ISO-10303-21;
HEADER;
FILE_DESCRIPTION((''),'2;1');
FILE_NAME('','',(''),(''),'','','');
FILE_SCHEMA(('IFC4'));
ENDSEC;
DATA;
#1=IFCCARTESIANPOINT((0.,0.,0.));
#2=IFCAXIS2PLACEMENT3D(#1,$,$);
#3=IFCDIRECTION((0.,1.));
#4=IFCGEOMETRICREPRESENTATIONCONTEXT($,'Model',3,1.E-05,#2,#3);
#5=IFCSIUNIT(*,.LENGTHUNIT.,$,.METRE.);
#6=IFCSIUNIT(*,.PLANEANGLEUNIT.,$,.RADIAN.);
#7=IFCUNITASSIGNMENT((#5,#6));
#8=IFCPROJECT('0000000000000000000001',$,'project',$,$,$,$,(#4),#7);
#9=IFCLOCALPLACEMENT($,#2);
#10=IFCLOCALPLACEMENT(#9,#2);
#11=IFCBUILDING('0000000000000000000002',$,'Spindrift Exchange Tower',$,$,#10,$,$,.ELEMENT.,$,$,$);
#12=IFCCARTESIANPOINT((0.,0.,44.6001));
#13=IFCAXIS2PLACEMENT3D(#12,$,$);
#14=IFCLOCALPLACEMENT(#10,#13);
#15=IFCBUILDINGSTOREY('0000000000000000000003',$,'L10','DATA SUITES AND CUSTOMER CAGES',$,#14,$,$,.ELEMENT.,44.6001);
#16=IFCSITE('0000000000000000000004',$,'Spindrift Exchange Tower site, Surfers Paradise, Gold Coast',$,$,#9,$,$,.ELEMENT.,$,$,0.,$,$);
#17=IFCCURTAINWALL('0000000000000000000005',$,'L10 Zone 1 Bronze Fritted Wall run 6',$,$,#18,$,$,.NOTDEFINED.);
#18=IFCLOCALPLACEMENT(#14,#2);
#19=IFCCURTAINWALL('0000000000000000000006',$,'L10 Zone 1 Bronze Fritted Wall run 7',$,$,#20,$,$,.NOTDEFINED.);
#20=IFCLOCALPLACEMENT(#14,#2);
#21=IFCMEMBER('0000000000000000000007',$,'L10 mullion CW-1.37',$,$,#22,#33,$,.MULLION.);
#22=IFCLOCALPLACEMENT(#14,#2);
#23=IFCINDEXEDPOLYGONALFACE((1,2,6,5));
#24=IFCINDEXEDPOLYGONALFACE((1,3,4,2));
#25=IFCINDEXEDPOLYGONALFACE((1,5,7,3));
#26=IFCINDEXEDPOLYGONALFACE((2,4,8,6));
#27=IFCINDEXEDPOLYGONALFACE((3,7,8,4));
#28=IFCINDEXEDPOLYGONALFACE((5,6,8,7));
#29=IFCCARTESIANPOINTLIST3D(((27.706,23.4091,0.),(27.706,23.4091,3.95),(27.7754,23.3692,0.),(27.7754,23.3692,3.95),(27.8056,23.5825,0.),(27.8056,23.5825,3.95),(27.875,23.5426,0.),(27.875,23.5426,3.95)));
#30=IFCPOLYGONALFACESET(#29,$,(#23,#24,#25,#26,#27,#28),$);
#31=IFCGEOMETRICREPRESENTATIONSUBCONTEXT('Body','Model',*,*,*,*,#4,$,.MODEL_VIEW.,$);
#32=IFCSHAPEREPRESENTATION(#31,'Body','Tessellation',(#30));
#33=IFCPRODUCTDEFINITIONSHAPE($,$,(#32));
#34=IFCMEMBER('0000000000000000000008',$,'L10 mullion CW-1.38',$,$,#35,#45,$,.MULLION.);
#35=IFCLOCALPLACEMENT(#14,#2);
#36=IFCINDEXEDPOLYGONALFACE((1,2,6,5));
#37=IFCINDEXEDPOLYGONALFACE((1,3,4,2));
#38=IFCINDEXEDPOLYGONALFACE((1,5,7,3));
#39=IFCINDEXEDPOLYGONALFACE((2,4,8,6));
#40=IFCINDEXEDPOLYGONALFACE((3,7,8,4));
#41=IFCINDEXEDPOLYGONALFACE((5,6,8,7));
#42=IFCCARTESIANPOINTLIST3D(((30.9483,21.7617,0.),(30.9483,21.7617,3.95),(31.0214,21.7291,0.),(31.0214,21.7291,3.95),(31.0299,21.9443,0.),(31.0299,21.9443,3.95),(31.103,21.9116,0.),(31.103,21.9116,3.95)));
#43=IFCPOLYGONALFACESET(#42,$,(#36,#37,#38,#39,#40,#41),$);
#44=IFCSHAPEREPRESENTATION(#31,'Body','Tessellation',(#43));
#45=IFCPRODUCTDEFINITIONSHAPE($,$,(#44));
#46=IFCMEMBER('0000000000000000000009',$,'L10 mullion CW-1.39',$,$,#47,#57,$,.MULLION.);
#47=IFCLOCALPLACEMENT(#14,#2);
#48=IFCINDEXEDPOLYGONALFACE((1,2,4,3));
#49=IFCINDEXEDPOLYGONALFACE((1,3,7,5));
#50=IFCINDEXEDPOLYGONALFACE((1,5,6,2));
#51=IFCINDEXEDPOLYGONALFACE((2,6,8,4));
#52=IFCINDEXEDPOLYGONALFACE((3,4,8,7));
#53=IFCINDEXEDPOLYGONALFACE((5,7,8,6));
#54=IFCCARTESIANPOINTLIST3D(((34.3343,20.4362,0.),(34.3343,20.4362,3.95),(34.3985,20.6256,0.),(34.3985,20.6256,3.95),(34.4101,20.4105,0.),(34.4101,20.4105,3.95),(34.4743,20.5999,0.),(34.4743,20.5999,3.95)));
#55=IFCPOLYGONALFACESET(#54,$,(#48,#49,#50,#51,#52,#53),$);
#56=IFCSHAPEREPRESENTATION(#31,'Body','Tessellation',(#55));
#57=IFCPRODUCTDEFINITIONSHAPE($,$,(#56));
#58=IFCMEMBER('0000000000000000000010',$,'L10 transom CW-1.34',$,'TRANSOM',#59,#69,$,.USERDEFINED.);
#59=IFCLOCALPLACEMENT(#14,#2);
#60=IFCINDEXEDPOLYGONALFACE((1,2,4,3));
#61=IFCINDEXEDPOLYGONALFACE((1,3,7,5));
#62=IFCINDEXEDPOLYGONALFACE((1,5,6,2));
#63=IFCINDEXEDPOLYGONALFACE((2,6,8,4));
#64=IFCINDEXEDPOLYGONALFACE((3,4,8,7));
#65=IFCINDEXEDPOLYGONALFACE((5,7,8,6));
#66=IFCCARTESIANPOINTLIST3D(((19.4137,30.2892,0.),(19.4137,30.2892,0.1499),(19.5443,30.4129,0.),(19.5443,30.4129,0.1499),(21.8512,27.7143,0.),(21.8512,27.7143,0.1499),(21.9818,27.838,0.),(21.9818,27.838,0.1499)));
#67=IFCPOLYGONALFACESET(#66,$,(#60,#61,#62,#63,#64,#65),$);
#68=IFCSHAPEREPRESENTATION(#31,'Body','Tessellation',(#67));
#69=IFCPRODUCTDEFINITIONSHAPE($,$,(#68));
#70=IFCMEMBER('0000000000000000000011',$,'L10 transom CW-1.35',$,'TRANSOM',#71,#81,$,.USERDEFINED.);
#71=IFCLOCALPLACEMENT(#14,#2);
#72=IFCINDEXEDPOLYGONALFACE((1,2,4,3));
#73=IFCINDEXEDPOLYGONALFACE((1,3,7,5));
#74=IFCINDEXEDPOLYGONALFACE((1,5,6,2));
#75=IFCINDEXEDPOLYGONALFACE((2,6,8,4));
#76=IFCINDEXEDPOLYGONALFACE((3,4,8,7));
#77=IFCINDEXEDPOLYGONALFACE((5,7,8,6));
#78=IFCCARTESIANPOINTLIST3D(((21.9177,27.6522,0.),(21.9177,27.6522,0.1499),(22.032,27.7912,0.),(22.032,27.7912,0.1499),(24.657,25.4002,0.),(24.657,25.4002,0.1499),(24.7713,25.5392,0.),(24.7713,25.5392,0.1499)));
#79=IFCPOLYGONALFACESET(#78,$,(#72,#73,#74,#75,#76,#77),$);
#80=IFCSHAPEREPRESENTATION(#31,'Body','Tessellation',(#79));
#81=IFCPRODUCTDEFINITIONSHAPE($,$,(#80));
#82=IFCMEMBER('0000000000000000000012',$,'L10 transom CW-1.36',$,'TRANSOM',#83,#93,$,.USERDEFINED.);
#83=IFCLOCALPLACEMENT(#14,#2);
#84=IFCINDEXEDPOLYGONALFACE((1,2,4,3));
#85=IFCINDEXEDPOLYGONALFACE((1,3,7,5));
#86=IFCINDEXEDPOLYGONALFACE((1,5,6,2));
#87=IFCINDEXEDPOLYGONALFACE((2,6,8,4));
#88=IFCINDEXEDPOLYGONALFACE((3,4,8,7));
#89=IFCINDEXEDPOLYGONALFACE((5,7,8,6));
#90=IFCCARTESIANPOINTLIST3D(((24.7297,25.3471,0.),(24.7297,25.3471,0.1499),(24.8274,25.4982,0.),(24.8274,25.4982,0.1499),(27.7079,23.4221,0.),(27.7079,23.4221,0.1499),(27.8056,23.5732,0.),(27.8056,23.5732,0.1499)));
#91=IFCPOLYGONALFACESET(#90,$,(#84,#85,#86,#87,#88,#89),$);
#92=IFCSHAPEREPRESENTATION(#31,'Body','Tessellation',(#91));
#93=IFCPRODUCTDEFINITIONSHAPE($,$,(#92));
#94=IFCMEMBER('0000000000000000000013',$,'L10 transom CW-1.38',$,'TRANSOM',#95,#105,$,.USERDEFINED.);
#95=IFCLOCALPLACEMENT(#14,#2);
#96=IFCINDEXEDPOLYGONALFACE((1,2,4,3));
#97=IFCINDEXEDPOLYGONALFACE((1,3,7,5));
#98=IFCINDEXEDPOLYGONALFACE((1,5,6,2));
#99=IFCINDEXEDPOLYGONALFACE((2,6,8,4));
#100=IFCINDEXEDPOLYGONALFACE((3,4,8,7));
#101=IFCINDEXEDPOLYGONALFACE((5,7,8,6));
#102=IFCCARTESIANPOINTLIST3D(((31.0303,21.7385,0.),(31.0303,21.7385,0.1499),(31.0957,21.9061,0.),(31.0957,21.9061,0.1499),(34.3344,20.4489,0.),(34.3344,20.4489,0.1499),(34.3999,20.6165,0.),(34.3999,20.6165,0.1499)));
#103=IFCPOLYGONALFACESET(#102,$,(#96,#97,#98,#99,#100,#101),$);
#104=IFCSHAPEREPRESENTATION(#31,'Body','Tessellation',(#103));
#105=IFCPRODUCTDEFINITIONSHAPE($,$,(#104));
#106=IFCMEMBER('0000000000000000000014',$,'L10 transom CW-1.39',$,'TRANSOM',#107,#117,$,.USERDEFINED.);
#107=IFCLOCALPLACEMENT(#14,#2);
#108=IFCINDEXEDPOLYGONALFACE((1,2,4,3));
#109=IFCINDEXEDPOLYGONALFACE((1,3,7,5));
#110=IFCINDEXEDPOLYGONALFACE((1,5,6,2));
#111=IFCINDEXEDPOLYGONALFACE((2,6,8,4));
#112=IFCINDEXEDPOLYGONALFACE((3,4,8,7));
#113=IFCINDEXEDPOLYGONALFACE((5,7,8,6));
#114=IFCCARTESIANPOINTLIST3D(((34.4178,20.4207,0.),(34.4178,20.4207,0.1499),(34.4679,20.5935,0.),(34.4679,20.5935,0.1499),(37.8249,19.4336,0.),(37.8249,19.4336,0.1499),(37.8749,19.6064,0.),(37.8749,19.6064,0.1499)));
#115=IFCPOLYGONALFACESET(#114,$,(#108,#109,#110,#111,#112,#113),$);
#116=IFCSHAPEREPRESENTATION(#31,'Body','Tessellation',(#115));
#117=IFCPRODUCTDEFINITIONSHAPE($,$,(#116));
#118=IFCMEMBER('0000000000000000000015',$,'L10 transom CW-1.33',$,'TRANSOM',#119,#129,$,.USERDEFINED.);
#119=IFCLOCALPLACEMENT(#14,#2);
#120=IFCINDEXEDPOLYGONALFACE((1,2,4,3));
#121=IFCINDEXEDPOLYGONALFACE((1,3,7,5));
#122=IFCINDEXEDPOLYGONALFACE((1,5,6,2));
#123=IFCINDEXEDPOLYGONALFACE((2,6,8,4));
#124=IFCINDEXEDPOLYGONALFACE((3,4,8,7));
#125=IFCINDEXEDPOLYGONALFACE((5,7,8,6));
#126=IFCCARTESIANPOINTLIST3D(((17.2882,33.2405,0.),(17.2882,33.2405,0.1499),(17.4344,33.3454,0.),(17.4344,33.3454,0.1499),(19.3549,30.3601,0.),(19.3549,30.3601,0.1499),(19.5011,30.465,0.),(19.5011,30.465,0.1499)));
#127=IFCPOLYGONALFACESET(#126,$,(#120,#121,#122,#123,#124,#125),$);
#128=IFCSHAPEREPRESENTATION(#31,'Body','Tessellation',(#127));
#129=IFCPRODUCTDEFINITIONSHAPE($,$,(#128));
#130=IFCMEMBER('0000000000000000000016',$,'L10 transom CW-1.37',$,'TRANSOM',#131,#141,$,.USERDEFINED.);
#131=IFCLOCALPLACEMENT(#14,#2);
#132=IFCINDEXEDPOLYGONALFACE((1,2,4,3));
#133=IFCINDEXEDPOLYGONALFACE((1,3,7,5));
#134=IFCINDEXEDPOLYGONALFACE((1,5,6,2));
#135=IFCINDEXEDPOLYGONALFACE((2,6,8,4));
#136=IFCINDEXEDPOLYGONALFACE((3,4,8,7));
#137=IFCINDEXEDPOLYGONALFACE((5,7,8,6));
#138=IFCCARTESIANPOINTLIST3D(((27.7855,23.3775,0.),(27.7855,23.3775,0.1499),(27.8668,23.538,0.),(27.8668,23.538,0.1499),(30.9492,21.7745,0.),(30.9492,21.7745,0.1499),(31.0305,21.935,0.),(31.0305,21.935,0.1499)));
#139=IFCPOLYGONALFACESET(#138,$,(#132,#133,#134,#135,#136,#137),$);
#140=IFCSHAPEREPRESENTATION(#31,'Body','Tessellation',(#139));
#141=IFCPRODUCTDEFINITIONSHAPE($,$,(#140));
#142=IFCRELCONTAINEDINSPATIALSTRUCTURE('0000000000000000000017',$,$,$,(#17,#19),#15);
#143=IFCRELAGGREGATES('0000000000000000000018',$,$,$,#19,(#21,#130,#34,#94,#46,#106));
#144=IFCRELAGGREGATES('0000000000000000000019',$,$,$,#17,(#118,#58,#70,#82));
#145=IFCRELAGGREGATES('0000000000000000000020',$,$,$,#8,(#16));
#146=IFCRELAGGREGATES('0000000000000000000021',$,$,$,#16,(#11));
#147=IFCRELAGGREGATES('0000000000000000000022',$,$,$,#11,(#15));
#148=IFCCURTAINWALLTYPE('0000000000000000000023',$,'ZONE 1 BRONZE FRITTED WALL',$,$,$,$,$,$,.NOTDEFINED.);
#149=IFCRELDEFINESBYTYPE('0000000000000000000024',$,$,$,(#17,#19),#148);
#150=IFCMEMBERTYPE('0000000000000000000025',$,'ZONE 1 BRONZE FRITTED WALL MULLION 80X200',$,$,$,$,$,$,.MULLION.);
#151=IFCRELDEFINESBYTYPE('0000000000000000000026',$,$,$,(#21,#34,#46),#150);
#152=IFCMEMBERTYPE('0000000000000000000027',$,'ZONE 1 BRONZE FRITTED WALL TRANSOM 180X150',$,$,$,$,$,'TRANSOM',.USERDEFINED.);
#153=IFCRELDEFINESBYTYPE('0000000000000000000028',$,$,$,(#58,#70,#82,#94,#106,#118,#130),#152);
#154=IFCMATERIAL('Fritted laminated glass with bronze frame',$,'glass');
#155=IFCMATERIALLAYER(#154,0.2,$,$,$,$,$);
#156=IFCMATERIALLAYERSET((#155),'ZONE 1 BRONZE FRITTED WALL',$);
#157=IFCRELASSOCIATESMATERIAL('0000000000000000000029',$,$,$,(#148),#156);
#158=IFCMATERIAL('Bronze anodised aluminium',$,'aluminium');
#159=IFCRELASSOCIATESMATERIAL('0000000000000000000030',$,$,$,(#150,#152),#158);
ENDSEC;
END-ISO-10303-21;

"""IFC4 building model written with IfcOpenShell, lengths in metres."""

from ifc_helpers import new_model, si_unit, direction, frame, origin, origin_2d, place, context, subcontext, project, spatial, rectangle, extrude, source, transform, mapped, material, layer, layer_set, material_profile, profile_set, type_object, element, aggregate, save


model = new_model("IFC4")

# Units and contexts
model_context = context("Model", 3, precision=1e-05, world=origin(), true_north=direction((0.0, 1.0)))
body_context = subcontext(model_context, "Body", "Model", "MODEL_VIEW")
ifc_project = project(units=[si_unit("LENGTHUNIT", "METRE"), si_unit("PLANEANGLEUNIT", "RADIAN")], contexts=[model_context])

# Site, building, storey
site_placement = place(None, origin())
site = spatial("IfcSite", under=ifc_project, at=site_placement, Name="Spindrift Exchange Tower site, Surfers Paradise, Gold Coast", CompositionType="ELEMENT", RefElevation=0.0)
building_placement = place(site_placement, origin())
building = spatial("IfcBuilding", under=site, at=building_placement, Name="Spindrift Exchange Tower", CompositionType="ELEMENT")
storey_placement = place(building_placement, frame((0.0, 0.0, 44.6001)))
storey = spatial("IfcBuildingStorey", under=building, at=storey_placement, Name="L10", Description="DATA SUITES AND CUSTOMER CAGES", CompositionType="ELEMENT", Elevation=44.6001)

# Curtain walls, members
ifc_material_1 = material(Name="Fritted laminated glass with bronze frame", Category="glass")
ifc_layer_1 = layer(ifc_material_1, 0.2)
ifc_layer_set_1 = layer_set([ifc_layer_1], Name="ZONE 1 BRONZE FRITTED WALL")
curtain_wall_type = type_object("IfcCurtainWallType", Name="ZONE 1 BRONZE FRITTED WALL", PredefinedType="NOTDEFINED", material=ifc_layer_set_1)
curtain_wall_1_placement = place(storey_placement, origin())
curtain_wall_1 = element("IfcCurtainWall", 1, at=curtain_wall_1_placement, inside=storey, type_object=curtain_wall_type, Name="L10 Zone 1 Bronze Fritted Wall run 6", PredefinedType="NOTDEFINED")
ifc_material_2 = material(Name="Bronze anodised aluminium", Category="aluminium")
ifc_material_profile_1 = material_profile(ifc_material_2, rectangle(XDim=0.0801, YDim=0.2, at=origin_2d()), Name="ZONE 1 BRONZE FRITTED WALL MULLION 80X200")
ifc_profile_set_1 = profile_set([ifc_material_profile_1], Name="Bronze anodised aluminium")
member_type_1 = type_object("IfcMemberType", Name="ZONE 1 BRONZE FRITTED WALL MULLION 80X200", PredefinedType="MULLION", material=ifc_profile_set_1)
shared_shape_1 = source(origin(), body_context, "Body", "SweptSolid", [
    extrude(rectangle(XDim=0.0801, YDim=0.2, at=origin_2d()), origin(), (0.0, 0.0, 1.0), 3.95),
])
curtain_wall_2_placement = place(storey_placement, origin())
curtain_wall_2 = element("IfcCurtainWall", 2, at=curtain_wall_2_placement, inside=storey, type_object=curtain_wall_type, Name="L10 Zone 1 Bronze Fritted Wall run 7", PredefinedType="NOTDEFINED")
member_1_placement = place(storey_placement, frame((27.7905, 23.4758, 0.0), z_axis=(0.0, 0.0, 1.0), x_axis=(0.867126, -0.498089, 0.0)))
member_1 = element("IfcMember", 3, at=member_1_placement, type_object=member_type_1, Name="L10 mullion CW-1.37", PredefinedType="MULLION", context=body_context, shape_type="MappedRepresentation", body=[
    mapped(shared_shape_1, transform((0.0, 0.0, 0.0), scale=1.0)),
])
member_2_placement = place(storey_placement, frame((31.0256, 21.8367, 0.0), z_axis=(0.0, 0.0, 1.0), x_axis=(0.912877, -0.408235, 0.0)))
member_2 = element("IfcMember", 4, at=member_2_placement, type_object=member_type_1, Name="L10 mullion CW-1.38", PredefinedType="MULLION", context=body_context, shape_type="MappedRepresentation", body=[
    mapped(shared_shape_1, transform((0.0, 0.0, 0.0), scale=1.0)),
])
member_3_placement = place(storey_placement, frame((34.4043, 20.5181, 0.0), z_axis=(0.0, 0.0, 1.0), x_axis=(0.947007, -0.321213, 0.0)))
member_3 = element("IfcMember", 5, at=member_3_placement, type_object=member_type_1, Name="L10 mullion CW-1.39", PredefinedType="MULLION", context=body_context, shape_type="MappedRepresentation", body=[
    mapped(shared_shape_1, transform((0.0, 0.0, 0.0), scale=1.0)),
])

# Members
ifc_material_profile_2 = material_profile(ifc_material_2, rectangle(XDim=0.1799, YDim=0.1499, at=origin_2d()), Name="ZONE 1 BRONZE FRITTED WALL TRANSOM 180X150")
ifc_profile_set_2 = profile_set([ifc_material_profile_2], Name="Bronze anodised aluminium")
member_type_2 = type_object("IfcMemberType", Name="ZONE 1 BRONZE FRITTED WALL TRANSOM 180X150", ElementType="TRANSOM", PredefinedType="USERDEFINED", material=ifc_profile_set_2)
shared_shape_2 = source(origin(), body_context, "Body", "SweptSolid", [
    extrude(rectangle(XDim=0.1799, YDim=0.1499, at=origin_2d()), origin(), (0.0, 0.0, 1.0), 3.5457),
])
member_4_placement = place(storey_placement, frame((19.479, 30.3511, 0.075), z_axis=(0.687458, -0.726224, 0.0), x_axis=(0.726224, 0.687458, 0.0)))
member_4 = element("IfcMember", 6, at=member_4_placement, type_object=member_type_2, Name="L10 transom CW-1.34", ObjectType="TRANSOM", PredefinedType="USERDEFINED", context=body_context, shape_type="MappedRepresentation", body=[
    mapped(shared_shape_2, transform((0.0, 0.0, 0.0), scale=1.0)),
])
shared_shape_3 = source(origin(), body_context, "Body", "SweptSolid", [
    extrude(rectangle(XDim=0.1799, YDim=0.1499, at=origin_2d()), origin(), (0.0, 0.0, 1.0), 3.5461),
])
member_5_placement = place(storey_placement, frame((21.9749, 27.7217, 0.075), z_axis=(0.772471, -0.635051, 0.0), x_axis=(0.635051, 0.772471, 0.0)))
member_5 = element("IfcMember", 7, at=member_5_placement, type_object=member_type_2, Name="L10 transom CW-1.35", ObjectType="TRANSOM", PredefinedType="USERDEFINED", context=body_context, shape_type="MappedRepresentation", body=[
    mapped(shared_shape_3, transform((0.0, 0.0, 0.0), scale=1.0)),
])
member_6_placement = place(storey_placement, frame((24.7786, 25.4226, 0.075), z_axis=(0.839836, -0.54284, 0.0), x_axis=(0.54284, 0.839836, 0.0)))
member_6 = element("IfcMember", 8, at=member_6_placement, type_object=member_type_2, Name="L10 transom CW-1.36", ObjectType="TRANSOM", PredefinedType="USERDEFINED", context=body_context, shape_type="MappedRepresentation", body=[
    mapped(shared_shape_3, transform((0.0, 0.0, 0.0), scale=1.0)),
])
shared_shape_4 = source(origin(), body_context, "Body", "SweptSolid", [
    extrude(rectangle(XDim=0.1799, YDim=0.1499, at=origin_2d()), origin(), (0.0, 0.0, 1.0), 3.5469),
])
member_7_placement = place(storey_placement, frame((31.063, 21.8223, 0.075), z_axis=(0.931567, -0.363569, 0.0), x_axis=(0.363569, 0.931567, 0.0)))
member_7 = element("IfcMember", 9, at=member_7_placement, type_object=member_type_2, Name="L10 transom CW-1.38", ObjectType="TRANSOM", PredefinedType="USERDEFINED", context=body_context, shape_type="MappedRepresentation", body=[
    mapped(shared_shape_4, transform((0.0, 0.0, 0.0), scale=1.0)),
])
shared_shape_5 = source(origin(), body_context, "Body", "SweptSolid", [
    extrude(rectangle(XDim=0.1799, YDim=0.1499, at=origin_2d()), origin(), (0.0, 0.0, 1.0), 3.5471),
])
member_8_placement = place(storey_placement, frame((34.4429, 20.5071, 0.075), z_axis=(0.960502, -0.278274, 0.0), x_axis=(0.278274, 0.960502, 0.0)))
member_8 = element("IfcMember", 10, at=member_8_placement, type_object=member_type_2, Name="L10 transom CW-1.39", ObjectType="TRANSOM", PredefinedType="USERDEFINED", context=body_context, shape_type="MappedRepresentation", body=[
    mapped(shared_shape_5, transform((0.0, 0.0, 0.0), scale=1.0)),
])
shared_shape_6 = source(origin(), body_context, "Body", "SweptSolid", [
    extrude(rectangle(XDim=0.1799, YDim=0.1499, at=origin_2d()), origin(), (0.0, 0.0, 1.0), 3.5452),
])
member_9_placement = place(storey_placement, frame((17.3613, 33.293, 0.075), z_axis=(0.582963, -0.812499, 0.0), x_axis=(0.812499, 0.582963, 0.0)))
member_9 = element("IfcMember", 11, at=member_9_placement, type_object=member_type_2, Name="L10 transom CW-1.33", ObjectType="TRANSOM", PredefinedType="USERDEFINED", context=body_context, shape_type="MappedRepresentation", body=[
    mapped(shared_shape_6, transform((0.0, 0.0, 0.0), scale=1.0)),
])
shared_shape_7 = source(origin(), body_context, "Body", "SweptSolid", [
    extrude(rectangle(XDim=0.1799, YDim=0.1499, at=origin_2d()), origin(), (0.0, 0.0, 1.0), 3.5466),
])
member_10_placement = place(storey_placement, frame((27.8262, 23.4578, 0.075), z_axis=(0.892033, -0.451971, 0.0), x_axis=(0.451971, 0.892033, 0.0)))
member_10 = element("IfcMember", 12, at=member_10_placement, type_object=member_type_2, Name="L10 transom CW-1.37", ObjectType="TRANSOM", PredefinedType="USERDEFINED", context=body_context, shape_type="MappedRepresentation", body=[
    mapped(shared_shape_7, transform((0.0, 0.0, 0.0), scale=1.0)),
])

aggregate(curtain_wall_2, [member_1, member_10, member_2, member_7, member_3, member_8])
aggregate(curtain_wall_1, [member_9, member_4, member_5, member_6])

save(model, "model.ifc")
